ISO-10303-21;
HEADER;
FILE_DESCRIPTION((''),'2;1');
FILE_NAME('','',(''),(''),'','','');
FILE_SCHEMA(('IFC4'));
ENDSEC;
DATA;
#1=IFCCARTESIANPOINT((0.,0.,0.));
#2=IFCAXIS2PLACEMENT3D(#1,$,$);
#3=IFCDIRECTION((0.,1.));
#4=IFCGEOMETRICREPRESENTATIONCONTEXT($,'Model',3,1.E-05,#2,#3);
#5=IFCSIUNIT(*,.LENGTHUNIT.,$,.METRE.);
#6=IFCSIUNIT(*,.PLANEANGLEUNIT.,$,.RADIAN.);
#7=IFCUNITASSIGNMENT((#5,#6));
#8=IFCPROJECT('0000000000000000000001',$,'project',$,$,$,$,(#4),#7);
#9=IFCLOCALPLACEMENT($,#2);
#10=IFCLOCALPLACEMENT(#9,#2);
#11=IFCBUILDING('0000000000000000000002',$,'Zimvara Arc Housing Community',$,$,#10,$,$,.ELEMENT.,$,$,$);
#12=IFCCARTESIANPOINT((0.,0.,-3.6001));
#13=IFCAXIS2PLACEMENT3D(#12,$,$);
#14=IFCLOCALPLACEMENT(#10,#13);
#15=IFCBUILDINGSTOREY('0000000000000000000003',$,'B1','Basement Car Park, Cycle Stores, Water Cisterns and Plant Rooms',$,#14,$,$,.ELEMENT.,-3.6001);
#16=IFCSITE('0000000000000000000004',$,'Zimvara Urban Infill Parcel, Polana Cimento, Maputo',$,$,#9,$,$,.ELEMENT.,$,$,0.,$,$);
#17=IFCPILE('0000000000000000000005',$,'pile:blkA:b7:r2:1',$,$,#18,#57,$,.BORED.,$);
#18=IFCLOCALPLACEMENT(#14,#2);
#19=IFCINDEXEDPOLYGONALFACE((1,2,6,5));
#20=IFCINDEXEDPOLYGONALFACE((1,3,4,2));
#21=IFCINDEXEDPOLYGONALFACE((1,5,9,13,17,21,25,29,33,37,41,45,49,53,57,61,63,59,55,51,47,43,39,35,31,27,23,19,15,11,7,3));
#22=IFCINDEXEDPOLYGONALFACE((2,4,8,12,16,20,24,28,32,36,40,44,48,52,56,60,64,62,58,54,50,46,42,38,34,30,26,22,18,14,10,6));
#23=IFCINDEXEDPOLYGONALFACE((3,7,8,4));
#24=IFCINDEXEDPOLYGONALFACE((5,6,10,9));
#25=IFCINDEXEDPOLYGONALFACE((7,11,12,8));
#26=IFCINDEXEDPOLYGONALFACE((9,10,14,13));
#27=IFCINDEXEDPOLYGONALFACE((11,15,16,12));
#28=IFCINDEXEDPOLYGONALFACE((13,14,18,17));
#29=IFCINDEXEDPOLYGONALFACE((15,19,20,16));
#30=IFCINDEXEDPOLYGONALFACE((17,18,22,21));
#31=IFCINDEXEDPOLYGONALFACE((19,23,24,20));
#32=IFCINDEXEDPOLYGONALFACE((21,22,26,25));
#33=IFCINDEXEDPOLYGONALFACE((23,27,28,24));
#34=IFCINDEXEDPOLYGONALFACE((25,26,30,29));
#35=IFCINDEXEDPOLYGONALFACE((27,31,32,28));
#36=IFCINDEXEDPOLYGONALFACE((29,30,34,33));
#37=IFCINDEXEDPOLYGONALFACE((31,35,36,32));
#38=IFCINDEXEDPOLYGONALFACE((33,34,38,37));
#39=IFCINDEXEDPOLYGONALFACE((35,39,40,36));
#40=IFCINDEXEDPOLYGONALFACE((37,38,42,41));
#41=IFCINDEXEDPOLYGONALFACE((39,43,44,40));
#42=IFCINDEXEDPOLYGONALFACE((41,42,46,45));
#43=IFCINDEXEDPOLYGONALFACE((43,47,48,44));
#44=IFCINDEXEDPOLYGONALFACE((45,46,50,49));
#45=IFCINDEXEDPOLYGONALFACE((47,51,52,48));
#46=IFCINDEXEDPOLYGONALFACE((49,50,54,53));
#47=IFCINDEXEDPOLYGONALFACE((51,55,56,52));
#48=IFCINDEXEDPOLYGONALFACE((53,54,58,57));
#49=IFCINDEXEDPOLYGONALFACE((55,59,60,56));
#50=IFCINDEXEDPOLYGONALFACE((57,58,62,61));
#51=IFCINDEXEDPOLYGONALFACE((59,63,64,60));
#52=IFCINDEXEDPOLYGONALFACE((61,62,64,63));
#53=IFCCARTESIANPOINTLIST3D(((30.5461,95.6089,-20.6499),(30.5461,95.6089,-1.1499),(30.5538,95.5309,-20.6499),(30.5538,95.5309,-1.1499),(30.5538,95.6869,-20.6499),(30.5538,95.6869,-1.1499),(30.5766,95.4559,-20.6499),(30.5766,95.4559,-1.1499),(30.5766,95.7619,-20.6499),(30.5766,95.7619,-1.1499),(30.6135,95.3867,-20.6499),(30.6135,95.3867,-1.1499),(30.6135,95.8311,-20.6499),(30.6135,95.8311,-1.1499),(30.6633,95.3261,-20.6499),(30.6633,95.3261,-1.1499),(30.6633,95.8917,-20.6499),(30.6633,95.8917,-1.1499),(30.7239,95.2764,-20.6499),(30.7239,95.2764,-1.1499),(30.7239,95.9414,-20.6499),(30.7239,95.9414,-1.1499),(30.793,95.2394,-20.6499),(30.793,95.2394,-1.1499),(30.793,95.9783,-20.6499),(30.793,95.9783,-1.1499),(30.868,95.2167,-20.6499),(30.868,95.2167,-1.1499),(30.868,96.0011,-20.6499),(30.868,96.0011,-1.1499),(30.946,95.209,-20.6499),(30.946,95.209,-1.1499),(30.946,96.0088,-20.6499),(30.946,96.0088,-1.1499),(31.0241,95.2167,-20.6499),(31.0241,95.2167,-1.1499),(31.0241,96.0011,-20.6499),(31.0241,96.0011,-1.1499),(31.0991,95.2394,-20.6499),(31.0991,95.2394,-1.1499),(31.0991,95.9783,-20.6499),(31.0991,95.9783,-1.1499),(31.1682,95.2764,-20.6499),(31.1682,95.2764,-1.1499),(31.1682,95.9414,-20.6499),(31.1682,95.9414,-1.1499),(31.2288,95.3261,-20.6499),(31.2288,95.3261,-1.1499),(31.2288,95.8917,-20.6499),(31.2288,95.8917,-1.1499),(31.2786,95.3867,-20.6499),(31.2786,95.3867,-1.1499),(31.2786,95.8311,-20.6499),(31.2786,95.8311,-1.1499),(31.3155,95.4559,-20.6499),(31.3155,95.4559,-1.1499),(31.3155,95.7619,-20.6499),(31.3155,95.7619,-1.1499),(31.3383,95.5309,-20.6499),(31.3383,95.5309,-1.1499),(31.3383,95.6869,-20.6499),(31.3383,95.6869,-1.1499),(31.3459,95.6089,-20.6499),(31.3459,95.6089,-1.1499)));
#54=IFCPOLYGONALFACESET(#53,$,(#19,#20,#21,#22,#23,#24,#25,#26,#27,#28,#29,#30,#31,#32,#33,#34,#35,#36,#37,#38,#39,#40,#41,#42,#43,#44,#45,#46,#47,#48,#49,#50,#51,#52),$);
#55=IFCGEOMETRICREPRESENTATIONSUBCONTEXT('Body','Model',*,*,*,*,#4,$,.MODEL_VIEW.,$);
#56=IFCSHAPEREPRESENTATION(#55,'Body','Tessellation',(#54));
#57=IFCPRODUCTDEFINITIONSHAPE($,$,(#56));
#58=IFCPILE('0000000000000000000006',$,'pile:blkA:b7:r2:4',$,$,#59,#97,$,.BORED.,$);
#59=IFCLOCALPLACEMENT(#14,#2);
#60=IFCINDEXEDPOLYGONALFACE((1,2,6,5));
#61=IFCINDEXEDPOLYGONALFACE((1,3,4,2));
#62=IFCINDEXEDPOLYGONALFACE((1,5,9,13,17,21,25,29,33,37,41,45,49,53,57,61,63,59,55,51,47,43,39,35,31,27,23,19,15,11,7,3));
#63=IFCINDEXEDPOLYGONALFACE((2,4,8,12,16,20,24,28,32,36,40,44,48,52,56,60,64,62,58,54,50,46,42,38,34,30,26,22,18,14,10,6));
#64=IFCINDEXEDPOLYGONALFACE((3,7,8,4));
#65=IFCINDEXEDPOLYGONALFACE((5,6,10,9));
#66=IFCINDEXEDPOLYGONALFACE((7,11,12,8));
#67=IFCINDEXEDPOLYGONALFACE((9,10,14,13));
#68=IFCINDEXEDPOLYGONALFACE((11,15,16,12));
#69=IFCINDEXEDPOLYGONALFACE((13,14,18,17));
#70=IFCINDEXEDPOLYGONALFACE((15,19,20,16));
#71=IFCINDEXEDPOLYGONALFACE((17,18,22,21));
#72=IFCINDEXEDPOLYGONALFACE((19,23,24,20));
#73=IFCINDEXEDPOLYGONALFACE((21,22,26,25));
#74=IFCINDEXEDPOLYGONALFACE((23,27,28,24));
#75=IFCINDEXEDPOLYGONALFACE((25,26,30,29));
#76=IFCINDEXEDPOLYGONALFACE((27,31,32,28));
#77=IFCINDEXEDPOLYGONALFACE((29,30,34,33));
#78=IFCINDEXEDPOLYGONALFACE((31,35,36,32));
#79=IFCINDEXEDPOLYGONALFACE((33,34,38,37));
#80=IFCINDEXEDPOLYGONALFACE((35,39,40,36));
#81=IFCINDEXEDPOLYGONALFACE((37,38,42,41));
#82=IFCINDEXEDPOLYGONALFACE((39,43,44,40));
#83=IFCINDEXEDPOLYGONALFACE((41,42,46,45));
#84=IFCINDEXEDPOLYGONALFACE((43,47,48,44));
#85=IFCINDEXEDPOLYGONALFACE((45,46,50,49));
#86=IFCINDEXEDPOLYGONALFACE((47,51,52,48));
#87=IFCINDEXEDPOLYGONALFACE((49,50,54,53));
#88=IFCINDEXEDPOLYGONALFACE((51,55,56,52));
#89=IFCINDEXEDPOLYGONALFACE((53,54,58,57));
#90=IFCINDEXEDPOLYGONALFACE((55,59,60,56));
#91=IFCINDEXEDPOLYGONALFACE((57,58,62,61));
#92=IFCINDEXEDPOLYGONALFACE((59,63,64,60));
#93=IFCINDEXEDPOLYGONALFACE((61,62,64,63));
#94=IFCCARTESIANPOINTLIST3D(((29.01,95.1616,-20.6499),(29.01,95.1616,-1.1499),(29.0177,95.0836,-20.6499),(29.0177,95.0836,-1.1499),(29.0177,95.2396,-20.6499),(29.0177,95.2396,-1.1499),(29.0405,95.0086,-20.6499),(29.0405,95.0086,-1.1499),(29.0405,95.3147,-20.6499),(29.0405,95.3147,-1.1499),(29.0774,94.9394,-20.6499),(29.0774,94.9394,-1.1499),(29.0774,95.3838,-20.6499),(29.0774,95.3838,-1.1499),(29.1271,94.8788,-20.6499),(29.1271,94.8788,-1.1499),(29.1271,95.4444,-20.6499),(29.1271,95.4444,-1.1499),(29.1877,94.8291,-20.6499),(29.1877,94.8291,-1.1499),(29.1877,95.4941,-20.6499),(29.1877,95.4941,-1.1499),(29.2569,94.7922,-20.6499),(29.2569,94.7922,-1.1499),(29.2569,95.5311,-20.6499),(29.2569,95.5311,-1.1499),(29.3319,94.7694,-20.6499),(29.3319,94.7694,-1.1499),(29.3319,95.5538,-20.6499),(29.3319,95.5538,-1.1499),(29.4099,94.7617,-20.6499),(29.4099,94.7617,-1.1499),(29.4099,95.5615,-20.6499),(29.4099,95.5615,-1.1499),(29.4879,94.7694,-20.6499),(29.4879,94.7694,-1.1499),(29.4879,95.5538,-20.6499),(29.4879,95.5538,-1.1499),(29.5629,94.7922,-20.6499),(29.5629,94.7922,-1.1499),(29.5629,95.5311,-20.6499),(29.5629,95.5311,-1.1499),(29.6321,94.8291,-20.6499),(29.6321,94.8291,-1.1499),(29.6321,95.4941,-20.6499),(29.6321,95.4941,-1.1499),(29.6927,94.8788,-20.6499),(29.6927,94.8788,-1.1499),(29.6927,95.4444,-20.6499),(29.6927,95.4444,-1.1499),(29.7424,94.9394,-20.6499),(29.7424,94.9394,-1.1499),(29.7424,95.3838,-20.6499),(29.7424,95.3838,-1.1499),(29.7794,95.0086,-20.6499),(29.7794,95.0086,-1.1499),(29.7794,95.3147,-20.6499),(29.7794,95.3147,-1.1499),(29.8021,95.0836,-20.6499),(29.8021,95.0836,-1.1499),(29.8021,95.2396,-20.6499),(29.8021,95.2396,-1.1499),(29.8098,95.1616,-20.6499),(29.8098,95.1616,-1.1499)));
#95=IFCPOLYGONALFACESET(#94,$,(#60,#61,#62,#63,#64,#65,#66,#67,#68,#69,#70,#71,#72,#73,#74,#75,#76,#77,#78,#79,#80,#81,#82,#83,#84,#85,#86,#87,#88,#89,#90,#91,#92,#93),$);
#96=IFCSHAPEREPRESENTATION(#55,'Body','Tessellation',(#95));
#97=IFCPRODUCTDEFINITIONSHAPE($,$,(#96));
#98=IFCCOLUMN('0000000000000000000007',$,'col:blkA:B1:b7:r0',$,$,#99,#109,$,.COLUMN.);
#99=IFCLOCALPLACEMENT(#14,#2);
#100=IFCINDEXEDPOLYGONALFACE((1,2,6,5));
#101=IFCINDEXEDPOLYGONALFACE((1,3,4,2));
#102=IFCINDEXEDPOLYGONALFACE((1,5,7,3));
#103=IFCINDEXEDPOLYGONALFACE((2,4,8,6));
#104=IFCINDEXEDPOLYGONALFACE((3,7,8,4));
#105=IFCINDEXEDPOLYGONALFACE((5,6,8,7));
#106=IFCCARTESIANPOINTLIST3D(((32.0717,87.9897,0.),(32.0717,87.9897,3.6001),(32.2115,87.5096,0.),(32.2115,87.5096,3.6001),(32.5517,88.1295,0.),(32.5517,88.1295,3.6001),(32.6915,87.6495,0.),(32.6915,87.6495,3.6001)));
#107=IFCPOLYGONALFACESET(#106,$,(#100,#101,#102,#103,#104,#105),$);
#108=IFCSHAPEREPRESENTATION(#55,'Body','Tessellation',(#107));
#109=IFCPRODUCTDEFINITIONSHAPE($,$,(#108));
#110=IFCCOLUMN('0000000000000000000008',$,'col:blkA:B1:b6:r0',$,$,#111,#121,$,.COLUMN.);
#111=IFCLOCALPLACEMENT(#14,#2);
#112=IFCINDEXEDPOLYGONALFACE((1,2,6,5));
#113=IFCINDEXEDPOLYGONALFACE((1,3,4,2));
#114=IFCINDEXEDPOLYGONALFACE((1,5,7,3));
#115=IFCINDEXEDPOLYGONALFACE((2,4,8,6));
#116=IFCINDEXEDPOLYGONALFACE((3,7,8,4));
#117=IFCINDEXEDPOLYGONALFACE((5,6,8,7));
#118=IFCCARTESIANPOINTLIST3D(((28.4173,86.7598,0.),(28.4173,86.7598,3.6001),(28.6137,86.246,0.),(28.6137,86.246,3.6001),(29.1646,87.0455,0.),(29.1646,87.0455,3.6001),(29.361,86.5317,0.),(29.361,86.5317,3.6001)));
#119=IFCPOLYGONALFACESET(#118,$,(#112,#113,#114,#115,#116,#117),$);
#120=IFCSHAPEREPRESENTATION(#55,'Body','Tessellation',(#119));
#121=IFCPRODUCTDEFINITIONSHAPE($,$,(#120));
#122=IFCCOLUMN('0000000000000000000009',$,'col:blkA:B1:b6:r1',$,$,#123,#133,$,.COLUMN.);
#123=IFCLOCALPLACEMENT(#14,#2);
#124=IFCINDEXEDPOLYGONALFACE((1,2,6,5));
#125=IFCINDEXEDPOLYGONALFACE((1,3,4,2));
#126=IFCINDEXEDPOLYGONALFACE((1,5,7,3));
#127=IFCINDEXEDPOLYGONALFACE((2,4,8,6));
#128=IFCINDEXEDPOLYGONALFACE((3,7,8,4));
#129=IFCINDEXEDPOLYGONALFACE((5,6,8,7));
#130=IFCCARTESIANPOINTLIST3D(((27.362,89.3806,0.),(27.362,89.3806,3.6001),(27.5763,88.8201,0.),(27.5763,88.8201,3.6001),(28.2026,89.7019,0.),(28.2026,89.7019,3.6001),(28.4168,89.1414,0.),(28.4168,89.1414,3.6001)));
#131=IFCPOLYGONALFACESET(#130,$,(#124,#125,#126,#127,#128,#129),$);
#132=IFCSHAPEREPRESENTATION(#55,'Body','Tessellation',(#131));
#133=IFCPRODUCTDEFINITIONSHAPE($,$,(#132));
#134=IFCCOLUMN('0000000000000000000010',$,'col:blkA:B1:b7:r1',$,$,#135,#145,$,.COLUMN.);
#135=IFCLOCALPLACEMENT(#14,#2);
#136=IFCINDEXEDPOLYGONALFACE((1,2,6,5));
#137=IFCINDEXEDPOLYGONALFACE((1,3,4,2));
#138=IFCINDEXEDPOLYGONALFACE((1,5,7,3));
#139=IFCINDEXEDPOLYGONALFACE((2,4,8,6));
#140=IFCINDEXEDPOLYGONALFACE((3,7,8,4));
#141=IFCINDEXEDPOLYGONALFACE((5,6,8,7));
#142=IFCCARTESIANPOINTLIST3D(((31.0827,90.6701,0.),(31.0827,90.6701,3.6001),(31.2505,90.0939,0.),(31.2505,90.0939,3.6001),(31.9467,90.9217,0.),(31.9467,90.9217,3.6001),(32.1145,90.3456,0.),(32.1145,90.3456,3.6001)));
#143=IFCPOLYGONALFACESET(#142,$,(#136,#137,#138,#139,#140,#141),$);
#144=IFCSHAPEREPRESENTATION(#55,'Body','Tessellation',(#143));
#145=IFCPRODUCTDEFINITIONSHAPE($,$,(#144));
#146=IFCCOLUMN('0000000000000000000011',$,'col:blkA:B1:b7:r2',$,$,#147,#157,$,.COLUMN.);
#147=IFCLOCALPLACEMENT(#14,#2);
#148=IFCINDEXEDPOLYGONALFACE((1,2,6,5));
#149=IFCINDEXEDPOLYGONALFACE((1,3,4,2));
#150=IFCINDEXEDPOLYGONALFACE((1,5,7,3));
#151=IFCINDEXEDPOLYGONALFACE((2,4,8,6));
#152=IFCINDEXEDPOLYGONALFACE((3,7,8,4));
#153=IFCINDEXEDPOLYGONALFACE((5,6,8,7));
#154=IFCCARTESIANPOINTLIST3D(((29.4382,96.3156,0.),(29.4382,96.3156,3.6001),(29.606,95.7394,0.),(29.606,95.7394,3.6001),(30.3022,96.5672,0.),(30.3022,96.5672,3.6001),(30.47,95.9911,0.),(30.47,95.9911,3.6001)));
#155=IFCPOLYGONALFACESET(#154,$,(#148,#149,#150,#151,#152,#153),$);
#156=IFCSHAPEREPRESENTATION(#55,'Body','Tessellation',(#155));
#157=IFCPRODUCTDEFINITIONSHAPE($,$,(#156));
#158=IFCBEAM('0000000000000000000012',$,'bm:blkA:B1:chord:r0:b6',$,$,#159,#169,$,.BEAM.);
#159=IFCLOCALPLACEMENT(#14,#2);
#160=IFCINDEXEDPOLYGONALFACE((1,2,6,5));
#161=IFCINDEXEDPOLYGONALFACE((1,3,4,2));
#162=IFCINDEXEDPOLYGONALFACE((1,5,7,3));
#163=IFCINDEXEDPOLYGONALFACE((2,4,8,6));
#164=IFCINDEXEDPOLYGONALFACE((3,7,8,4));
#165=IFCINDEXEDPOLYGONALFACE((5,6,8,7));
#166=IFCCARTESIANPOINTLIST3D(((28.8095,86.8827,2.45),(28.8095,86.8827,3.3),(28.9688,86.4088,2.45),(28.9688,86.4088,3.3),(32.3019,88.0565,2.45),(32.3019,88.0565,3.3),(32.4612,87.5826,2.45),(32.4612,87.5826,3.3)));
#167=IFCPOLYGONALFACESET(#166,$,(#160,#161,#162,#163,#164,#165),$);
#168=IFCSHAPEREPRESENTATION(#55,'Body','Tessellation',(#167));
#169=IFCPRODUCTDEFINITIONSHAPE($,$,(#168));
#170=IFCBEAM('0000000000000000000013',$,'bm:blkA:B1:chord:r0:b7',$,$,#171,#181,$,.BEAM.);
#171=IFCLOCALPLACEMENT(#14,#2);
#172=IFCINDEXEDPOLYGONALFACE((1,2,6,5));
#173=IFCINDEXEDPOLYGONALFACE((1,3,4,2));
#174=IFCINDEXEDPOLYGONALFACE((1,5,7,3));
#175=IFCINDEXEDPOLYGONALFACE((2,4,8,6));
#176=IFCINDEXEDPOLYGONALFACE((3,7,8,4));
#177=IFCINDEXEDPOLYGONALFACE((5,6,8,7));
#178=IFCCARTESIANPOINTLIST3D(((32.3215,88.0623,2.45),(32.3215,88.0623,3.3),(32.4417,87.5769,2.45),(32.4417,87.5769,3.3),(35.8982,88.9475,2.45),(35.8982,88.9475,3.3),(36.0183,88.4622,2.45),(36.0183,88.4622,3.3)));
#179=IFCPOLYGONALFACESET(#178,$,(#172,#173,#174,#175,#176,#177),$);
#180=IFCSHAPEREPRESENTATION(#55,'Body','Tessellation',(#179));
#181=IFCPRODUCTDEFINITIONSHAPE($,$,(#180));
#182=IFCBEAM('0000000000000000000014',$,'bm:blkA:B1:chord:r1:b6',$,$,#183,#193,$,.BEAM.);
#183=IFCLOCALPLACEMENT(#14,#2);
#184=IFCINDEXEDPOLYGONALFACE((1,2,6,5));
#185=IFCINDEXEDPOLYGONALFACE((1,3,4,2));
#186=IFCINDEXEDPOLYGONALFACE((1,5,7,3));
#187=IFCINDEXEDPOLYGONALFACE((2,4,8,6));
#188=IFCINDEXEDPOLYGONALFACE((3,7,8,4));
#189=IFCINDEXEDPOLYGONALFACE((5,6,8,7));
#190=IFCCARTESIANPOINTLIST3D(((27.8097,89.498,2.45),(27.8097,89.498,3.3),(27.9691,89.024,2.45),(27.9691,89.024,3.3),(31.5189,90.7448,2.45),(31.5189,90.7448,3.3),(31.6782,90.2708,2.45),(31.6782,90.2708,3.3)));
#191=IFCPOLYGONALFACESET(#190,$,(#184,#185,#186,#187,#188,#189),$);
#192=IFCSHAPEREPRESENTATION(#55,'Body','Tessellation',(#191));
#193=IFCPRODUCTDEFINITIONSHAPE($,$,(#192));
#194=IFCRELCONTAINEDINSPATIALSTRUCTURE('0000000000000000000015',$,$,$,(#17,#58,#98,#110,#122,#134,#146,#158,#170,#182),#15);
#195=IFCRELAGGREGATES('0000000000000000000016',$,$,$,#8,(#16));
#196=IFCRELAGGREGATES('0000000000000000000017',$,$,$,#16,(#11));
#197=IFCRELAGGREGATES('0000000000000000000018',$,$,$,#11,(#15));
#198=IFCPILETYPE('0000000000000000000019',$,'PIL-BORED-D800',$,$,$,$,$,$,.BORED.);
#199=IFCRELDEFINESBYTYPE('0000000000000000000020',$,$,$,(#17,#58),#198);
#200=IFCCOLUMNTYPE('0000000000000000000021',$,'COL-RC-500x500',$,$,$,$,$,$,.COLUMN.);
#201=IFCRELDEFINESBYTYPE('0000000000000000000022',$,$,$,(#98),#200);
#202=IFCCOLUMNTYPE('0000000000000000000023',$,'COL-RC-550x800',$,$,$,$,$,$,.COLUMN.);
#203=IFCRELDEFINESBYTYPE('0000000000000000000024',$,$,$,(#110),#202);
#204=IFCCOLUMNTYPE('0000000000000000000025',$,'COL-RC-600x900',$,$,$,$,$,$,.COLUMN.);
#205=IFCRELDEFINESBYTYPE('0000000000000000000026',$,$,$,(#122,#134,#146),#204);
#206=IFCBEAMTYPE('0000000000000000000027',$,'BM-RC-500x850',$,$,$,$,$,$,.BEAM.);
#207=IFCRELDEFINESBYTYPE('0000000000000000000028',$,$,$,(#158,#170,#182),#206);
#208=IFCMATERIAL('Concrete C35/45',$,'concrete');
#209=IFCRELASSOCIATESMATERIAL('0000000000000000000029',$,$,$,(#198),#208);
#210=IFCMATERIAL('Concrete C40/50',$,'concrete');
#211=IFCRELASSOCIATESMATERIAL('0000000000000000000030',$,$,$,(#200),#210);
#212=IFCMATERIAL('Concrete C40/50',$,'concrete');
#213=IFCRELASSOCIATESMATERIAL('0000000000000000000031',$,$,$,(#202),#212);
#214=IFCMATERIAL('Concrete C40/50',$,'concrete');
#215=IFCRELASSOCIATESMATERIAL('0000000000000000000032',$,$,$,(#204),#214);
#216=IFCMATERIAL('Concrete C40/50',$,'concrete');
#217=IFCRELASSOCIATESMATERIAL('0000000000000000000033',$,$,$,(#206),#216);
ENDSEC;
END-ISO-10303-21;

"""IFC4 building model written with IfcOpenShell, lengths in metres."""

from ifc_helpers import new_model, si_unit, direction, frame, origin, origin_2d, place, context, subcontext, project, spatial, rectangle, circle, extrude, material, material_profile, profile_set, type_object, element, save


model = new_model("IFC4")

# Units and contexts
model_context = context("Model", 3, precision=1e-05, world=origin(), true_north=direction((0.0, 1.0)))
body_context = subcontext(model_context, "Body", "Model", "MODEL_VIEW")
ifc_project = project(units=[si_unit("LENGTHUNIT", "METRE"), si_unit("PLANEANGLEUNIT", "RADIAN")], contexts=[model_context])

# Site, building, storey
site_placement = place(None, origin())
site = spatial("IfcSite", under=ifc_project, at=site_placement, Name="Zimvara Urban Infill Parcel, Polana Cimento, Maputo", CompositionType="ELEMENT", RefElevation=0.0)
building_placement = place(site_placement, origin())
building = spatial("IfcBuilding", under=site, at=building_placement, Name="Zimvara Arc Housing Community", CompositionType="ELEMENT")
storey_placement = place(building_placement, frame((0.0, 0.0, -3.6001)))
storey = spatial("IfcBuildingStorey", under=building, at=storey_placement, Name="B1", Description="Basement Car Park, Cycle Stores, Water Cisterns and Plant Rooms", CompositionType="ELEMENT", Elevation=-3.6001)

# Piles
ifc_material_1 = material(Name="Concrete C35/45", Category="concrete")
ifc_material_profile_1 = material_profile(ifc_material_1, circle(Radius=0.3999, at=origin_2d()), Name="PILE D800")
ifc_profile_set_1 = profile_set([ifc_material_profile_1], Name="Concrete C35/45")
pile_type = type_object("IfcPileType", Name="PIL-BORED-D800", PredefinedType="BORED", material=ifc_profile_set_1)
for number, where, z_axis, x_axis, name in (
    (1, (30.946, 95.6089, -1.1499), (0.0, 0.0, -1.0), (1.0, 0.0, 0.0), "pile:blkA:b7:r2:1"),
    (2, (29.4099, 95.1616, -1.1499), (0.0, 0.0, -1.0), (1.0, 0.0, 0.0), "pile:blkA:b7:r2:4"),
):
    element("IfcPile", number, at=place(storey_placement, frame(where, z_axis=z_axis, x_axis=x_axis)), inside=storey, type_object=pile_type, Name=name, PredefinedType="BORED", context=body_context, shape_type="SweptSolid", body=[
        extrude(circle(Radius=0.3999, at=origin_2d()), origin(), (0.0, 0.0, 1.0), 19.5),
    ])

# Columns
ifc_material_2 = material(Name="Concrete C40/50", Category="concrete")
ifc_material_profile_2 = material_profile(ifc_material_2, rectangle(XDim=0.5, YDim=0.5, at=origin_2d()), Name="RC 500x500")
ifc_profile_set_2 = profile_set([ifc_material_profile_2], Name="Concrete C40/50")
column_type_1 = type_object("IfcColumnType", Name="COL-RC-500x500", PredefinedType="COLUMN", material=ifc_profile_set_2)
column_1_placement = place(storey_placement, frame((32.3816, 87.8196, 0.0), z_axis=(0.0, 0.0, 1.0), x_axis=(-0.279661, 0.960099, 0.0)))
element("IfcColumn", 3, at=column_1_placement, inside=storey, type_object=column_type_1, Name="col:blkA:B1:b7:r0", PredefinedType="COLUMN", context=body_context, shape_type="SweptSolid", body=[
    extrude(rectangle(XDim=0.5, YDim=0.5, at=origin_2d()), origin(), (0.0, 0.0, 1.0), 3.6001),
])
ifc_material_3 = material(Name="Concrete C40/50", Category="concrete")
ifc_material_profile_3 = material_profile(ifc_material_3, rectangle(XDim=0.55, YDim=0.8, at=origin_2d()), Name="RC 550x800")
ifc_profile_set_3 = profile_set([ifc_material_profile_3], Name="Concrete C40/50")
column_type_2 = type_object("IfcColumnType", Name="COL-RC-550x800", PredefinedType="COLUMN", material=ifc_profile_set_3)
column_2_placement = place(storey_placement, frame((28.8892, 86.6458, 0.0), z_axis=(0.0, 0.0, 1.0), x_axis=(-0.357064, 0.93408, 0.0)))
element("IfcColumn", 4, at=column_2_placement, inside=storey, type_object=column_type_2, Name="col:blkA:B1:b6:r0", PredefinedType="COLUMN", context=body_context, shape_type="SweptSolid", body=[
    extrude(rectangle(XDim=0.55, YDim=0.8, at=origin_2d()), origin(), (0.0, 0.0, 1.0), 3.6001),
])
ifc_material_4 = material(Name="Concrete C40/50", Category="concrete")
ifc_material_profile_4 = material_profile(ifc_material_4, rectangle(XDim=0.6001, YDim=0.8999, at=origin_2d()), Name="RC 600x900")
ifc_profile_set_4 = profile_set([ifc_material_profile_4], Name="Concrete C40/50")
column_type_3 = type_object("IfcColumnType", Name="COL-RC-600x900", PredefinedType="COLUMN", material=ifc_profile_set_4)
for number, where, z_axis, x_axis, name in (
    (5, (27.8894, 89.261, 0.0), (0.0, 0.0, 1.0), (-0.357064, 0.93408, 0.0), "col:blkA:B1:b6:r1"),
    (6, (31.5986, 90.5078, 0.0), (0.0, 0.0, 1.0), (-0.279661, 0.960099, 0.0), "col:blkA:B1:b7:r1"),
    (7, (29.9541, 96.1533, 0.0), (0.0, 0.0, 1.0), (-0.279661, 0.960099, 0.0), "col:blkA:B1:b7:r2"),
):
    element("IfcColumn", number, at=place(storey_placement, frame(where, z_axis=z_axis, x_axis=x_axis)), inside=storey, type_object=column_type_3, Name=name, PredefinedType="COLUMN", context=body_context, shape_type="SweptSolid", body=[
        extrude(rectangle(XDim=0.6001, YDim=0.8999, at=origin_2d()), origin(), (0.0, 0.0, 1.0), 3.6001),
    ])

# Beams
ifc_material_5 = material(Name="Concrete C40/50", Category="concrete")
ifc_material_profile_5 = material_profile(ifc_material_5, rectangle(XDim=0.5, YDim=0.8501, at=origin_2d()), Name="RC 500x850")
ifc_profile_set_5 = profile_set([ifc_material_profile_5], Name="Concrete C40/50")
beam_type = type_object("IfcBeamType", Name="BM-RC-500x850", PredefinedType="BEAM", material=ifc_profile_set_5)
beam_1_placement = place(storey_placement, frame((28.8892, 86.6458, 2.875), z_axis=(0.947892, 0.318592, 0.0), x_axis=(-0.318592, 0.947892, 0.0)))
element("IfcBeam", 8, at=beam_1_placement, inside=storey, type_object=beam_type, Name="bm:blkA:B1:chord:r0:b6", PredefinedType="BEAM", context=body_context, shape_type="SweptSolid", body=[
    extrude(rectangle(XDim=0.5, YDim=0.8501, at=origin_2d()), origin(), (0.0, 0.0, 1.0), 3.6843),
])
beam_2_placement = place(storey_placement, frame((32.3816, 87.8196, 2.875), z_axis=(0.970709, 0.240259, 0.0), x_axis=(-0.240259, 0.970709, 0.0)))
element("IfcBeam", 9, at=beam_2_placement, inside=storey, type_object=beam_type, Name="bm:blkA:B1:chord:r0:b7", PredefinedType="BEAM", context=body_context, shape_type="SweptSolid", body=[
    extrude(rectangle(XDim=0.5, YDim=0.8501, at=origin_2d()), origin(), (0.0, 0.0, 1.0), 3.6846),
])
for number, where, z_axis, x_axis, name in (
    (10, (27.8894, 89.261, 2.875), (0.947882, 0.318623, 0.0), (-0.318623, 0.947882, 0.0), "bm:blkA:B1:chord:r1:b6"),
):
    element("IfcBeam", number, at=place(storey_placement, frame(where, z_axis=z_axis, x_axis=x_axis)), inside=storey, type_object=beam_type, Name=name, PredefinedType="BEAM", context=body_context, shape_type="SweptSolid", body=[
        extrude(rectangle(XDim=0.5, YDim=0.8501, at=origin_2d()), origin(), (0.0, 0.0, 1.0), 3.9131),
    ])

save(model, "model.ifc")
